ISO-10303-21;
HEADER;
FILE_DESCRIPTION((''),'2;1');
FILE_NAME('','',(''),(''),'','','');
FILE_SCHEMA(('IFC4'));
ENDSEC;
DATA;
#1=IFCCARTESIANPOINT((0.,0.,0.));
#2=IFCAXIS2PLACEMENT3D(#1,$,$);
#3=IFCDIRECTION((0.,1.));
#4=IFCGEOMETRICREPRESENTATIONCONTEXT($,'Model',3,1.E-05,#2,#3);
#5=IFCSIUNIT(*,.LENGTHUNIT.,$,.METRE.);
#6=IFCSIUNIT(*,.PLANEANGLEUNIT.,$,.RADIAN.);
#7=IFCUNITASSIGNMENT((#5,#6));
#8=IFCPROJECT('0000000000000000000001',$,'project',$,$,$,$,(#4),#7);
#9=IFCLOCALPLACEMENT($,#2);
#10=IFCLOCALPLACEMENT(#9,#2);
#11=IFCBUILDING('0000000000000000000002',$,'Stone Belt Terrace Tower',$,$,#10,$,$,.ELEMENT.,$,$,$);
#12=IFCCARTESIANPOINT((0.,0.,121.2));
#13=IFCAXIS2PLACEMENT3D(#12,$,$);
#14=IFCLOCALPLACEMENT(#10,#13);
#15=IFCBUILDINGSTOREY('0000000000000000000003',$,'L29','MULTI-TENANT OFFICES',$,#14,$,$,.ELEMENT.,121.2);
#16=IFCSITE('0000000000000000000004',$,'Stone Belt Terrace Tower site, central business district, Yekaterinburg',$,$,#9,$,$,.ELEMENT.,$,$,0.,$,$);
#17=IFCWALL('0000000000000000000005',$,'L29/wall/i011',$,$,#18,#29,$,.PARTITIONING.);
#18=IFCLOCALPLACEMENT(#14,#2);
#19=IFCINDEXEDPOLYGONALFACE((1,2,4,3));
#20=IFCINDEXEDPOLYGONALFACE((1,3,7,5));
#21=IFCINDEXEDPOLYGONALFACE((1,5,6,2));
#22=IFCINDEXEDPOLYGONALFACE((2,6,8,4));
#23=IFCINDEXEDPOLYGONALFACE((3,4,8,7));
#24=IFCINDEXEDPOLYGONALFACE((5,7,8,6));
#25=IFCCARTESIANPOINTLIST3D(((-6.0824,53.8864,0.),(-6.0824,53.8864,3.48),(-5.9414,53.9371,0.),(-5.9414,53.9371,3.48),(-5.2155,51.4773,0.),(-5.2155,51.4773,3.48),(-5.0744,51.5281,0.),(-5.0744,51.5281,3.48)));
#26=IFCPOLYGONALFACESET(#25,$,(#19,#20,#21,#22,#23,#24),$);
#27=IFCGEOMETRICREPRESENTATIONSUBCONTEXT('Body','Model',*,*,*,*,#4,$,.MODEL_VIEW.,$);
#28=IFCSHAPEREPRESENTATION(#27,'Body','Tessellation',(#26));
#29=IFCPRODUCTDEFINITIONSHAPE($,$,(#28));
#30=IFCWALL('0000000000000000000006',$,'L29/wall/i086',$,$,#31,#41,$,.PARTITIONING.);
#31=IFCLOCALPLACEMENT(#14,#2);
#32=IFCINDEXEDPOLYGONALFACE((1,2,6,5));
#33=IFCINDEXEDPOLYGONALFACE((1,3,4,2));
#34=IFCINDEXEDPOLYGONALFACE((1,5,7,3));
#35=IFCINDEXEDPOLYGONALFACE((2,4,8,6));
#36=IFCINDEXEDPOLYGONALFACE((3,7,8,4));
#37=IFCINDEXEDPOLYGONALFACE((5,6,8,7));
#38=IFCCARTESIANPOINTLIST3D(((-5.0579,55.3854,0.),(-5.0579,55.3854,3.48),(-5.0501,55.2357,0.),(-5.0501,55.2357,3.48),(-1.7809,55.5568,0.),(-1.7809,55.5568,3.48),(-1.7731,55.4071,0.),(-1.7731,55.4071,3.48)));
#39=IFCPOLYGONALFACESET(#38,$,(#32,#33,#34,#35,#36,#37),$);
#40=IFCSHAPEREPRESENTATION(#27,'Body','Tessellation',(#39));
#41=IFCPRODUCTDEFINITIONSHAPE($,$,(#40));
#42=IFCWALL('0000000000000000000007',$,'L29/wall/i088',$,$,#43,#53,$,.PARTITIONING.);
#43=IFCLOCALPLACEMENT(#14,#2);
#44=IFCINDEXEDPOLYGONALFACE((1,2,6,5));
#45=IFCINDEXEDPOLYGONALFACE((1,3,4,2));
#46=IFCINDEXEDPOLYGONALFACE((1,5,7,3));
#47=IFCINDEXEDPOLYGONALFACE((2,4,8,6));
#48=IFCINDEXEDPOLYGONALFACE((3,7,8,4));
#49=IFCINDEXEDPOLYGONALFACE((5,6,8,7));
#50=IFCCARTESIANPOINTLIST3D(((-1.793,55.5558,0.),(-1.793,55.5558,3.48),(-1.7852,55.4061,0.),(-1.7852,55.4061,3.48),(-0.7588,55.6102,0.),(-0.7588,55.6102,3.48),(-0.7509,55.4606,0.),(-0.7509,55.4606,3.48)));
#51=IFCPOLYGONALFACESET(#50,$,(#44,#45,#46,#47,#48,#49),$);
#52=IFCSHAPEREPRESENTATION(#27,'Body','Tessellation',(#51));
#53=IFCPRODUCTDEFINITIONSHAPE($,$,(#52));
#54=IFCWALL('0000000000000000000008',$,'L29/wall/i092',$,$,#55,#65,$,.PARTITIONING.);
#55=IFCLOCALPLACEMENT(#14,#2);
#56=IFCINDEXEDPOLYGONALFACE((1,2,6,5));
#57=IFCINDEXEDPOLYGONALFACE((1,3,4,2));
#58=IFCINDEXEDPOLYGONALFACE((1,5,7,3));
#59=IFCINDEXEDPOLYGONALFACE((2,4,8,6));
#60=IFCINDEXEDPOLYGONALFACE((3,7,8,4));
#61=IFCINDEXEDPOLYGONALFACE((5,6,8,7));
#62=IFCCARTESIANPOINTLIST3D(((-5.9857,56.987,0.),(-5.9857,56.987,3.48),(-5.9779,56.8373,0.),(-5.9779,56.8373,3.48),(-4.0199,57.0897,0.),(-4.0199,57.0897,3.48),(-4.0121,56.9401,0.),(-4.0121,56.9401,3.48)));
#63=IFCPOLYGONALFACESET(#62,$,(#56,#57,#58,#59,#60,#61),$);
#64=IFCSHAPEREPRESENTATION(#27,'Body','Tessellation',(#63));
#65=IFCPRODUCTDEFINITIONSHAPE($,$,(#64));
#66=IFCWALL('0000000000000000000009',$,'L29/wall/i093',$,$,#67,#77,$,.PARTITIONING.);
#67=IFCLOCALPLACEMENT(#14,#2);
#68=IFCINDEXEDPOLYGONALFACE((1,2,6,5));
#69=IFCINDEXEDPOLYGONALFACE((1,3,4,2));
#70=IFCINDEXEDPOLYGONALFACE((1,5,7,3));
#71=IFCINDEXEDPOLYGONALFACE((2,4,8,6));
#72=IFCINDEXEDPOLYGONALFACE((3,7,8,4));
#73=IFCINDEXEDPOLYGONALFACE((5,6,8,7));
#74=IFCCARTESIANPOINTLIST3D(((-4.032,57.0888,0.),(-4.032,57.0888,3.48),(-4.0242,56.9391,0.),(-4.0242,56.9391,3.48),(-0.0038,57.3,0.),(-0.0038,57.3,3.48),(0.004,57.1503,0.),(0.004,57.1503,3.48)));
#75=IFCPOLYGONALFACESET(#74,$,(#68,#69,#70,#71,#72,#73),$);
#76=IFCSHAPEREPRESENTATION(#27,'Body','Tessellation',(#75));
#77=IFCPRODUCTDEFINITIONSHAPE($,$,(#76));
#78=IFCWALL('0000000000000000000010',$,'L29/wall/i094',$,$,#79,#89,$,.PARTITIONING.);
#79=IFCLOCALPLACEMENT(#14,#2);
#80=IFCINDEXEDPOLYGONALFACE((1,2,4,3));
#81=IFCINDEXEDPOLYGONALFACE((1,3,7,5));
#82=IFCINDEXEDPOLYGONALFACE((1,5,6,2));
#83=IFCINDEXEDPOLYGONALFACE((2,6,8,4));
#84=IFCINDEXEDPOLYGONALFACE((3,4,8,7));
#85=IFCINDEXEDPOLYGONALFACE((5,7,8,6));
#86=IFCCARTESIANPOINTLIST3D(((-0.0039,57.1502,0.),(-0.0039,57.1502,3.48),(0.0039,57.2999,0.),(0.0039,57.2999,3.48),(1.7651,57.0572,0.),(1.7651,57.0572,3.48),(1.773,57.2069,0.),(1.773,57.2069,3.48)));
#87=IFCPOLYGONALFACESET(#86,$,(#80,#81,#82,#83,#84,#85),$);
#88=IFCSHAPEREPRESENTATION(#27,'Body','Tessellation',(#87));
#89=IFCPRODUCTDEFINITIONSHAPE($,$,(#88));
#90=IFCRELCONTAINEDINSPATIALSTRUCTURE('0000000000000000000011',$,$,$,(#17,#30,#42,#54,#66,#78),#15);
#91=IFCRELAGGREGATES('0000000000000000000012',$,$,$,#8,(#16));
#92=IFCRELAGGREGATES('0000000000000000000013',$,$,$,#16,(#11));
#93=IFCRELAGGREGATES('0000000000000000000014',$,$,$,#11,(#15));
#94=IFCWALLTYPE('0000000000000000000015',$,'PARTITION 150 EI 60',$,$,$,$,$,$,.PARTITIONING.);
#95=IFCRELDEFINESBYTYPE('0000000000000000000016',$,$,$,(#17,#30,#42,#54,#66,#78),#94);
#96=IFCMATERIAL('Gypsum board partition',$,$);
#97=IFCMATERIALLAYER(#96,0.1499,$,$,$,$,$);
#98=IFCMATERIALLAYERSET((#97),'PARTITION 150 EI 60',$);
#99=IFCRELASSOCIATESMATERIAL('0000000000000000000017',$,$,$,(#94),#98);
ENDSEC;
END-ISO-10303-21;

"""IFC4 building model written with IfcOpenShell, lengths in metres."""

from ifc_helpers import new_model, si_unit, direction, frame, frame_2d, origin, place, context, subcontext, project, spatial, rectangle, extrude, material, layer, layer_set, type_object, element, save


model = new_model("IFC4")

# Units and contexts
model_context = context("Model", 3, precision=1e-05, world=origin(), true_north=direction((0.0, 1.0)))
body_context = subcontext(model_context, "Body", "Model", "MODEL_VIEW")
ifc_project = project(units=[si_unit("LENGTHUNIT", "METRE"), si_unit("PLANEANGLEUNIT", "RADIAN")], contexts=[model_context])

# Site, building, storey
site_placement = place(None, origin())
site = spatial("IfcSite", under=ifc_project, at=site_placement, Name="Stone Belt Terrace Tower site, central business district, Yekaterinburg", CompositionType="ELEMENT", RefElevation=0.0)
building_placement = place(site_placement, origin())
building = spatial("IfcBuilding", under=site, at=building_placement, Name="Stone Belt Terrace Tower", CompositionType="ELEMENT")
storey_placement = place(building_placement, frame((0.0, 0.0, 121.2)))
storey = spatial("IfcBuildingStorey", under=building, at=storey_placement, Name="L29", Description="MULTI-TENANT OFFICES", CompositionType="ELEMENT", Elevation=121.2)

# Shared definitions
ifc_material_1 = material(Name="Gypsum board partition")

# Walls
ifc_layer_1 = layer(ifc_material_1, 0.1499)
ifc_layer_set_1 = layer_set([ifc_layer_1], Name="PARTITION 150 EI 60")
wall_type_1 = type_object("IfcWallType", Name="PARTITION 150 EI 60", PredefinedType="PARTITIONING", material=ifc_layer_set_1)
wall_1_placement = place(storey_placement, frame((-6.012, 53.9119, 0.0), z_axis=(0.0, 0.0, 1.0), x_axis=(0.338625, -0.940921, 0.0)))
element("IfcWall", 1, at=wall_1_placement, inside=storey, type_object=wall_type_1, Name="L29/wall/i011", PredefinedType="PARTITIONING", context=body_context, shape_type="SweptSolid", body=[
    extrude(rectangle(XDim=2.5603, YDim=0.1499, at=frame_2d((1.2803, 0.0))), origin(), (0.0, 0.0, 1.0), 3.48),
])
wall_2_placement = place(storey_placement, frame((-1.7771, 55.4819, 0.0), z_axis=(0.0, 0.0, 1.0), x_axis=(-0.998635, -0.052227, 0.0)))
element("IfcWall", 2, at=wall_2_placement, inside=storey, type_object=wall_type_1, Name="L29/wall/i086", PredefinedType="PARTITIONING", context=body_context, shape_type="SweptSolid", body=[
    extrude(rectangle(XDim=3.2815, YDim=0.1499, at=frame_2d((1.6406, 0.0))), origin(), (0.0, 0.0, 1.0), 3.48),
])
wall_3_placement = place(storey_placement, frame((-0.7549, 55.5354, 0.0), z_axis=(0.0, 0.0, 1.0), x_axis=(-0.998617, -0.052571, 0.0)))
element("IfcWall", 3, at=wall_3_placement, inside=storey, type_object=wall_type_1, Name="L29/wall/i088", PredefinedType="PARTITIONING", context=body_context, shape_type="SweptSolid", body=[
    extrude(rectangle(XDim=1.0356, YDim=0.1499, at=frame_2d((0.5178, 0.0))), origin(), (0.0, 0.0, 1.0), 3.48),
])
wall_4_placement = place(storey_placement, frame((-5.9819, 56.9121, 0.0), z_axis=(0.0, 0.0, 1.0), x_axis=(0.998636, 0.052214, 0.0)))
element("IfcWall", 4, at=wall_4_placement, inside=storey, type_object=wall_type_1, Name="L29/wall/i092", PredefinedType="PARTITIONING", context=body_context, shape_type="SweptSolid", body=[
    extrude(rectangle(XDim=1.9685, YDim=0.1499, at=frame_2d((0.9844, 0.0))), origin(), (0.0, 0.0, 1.0), 3.48),
])
wall_5_placement = place(storey_placement, frame((-4.0281, 57.0139, 0.0), z_axis=(0.0, 0.0, 1.0), x_axis=(0.998629, 0.052356, 0.0)))
element("IfcWall", 5, at=wall_5_placement, inside=storey, type_object=wall_type_1, Name="L29/wall/i093", PredefinedType="PARTITIONING", context=body_context, shape_type="SweptSolid", body=[
    extrude(rectangle(XDim=4.0337, YDim=0.1499, at=frame_2d((2.0168, 0.0))), origin(), (0.0, 0.0, 1.0), 3.48),
])
wall_6_placement = place(storey_placement, frame((0.0, 57.2251, 0.0), z_axis=(0.0, 0.0, 1.0), x_axis=(0.99862, -0.052508, 0.0)))
element("IfcWall", 6, at=wall_6_placement, inside=storey, type_object=wall_type_1, Name="L29/wall/i094", PredefinedType="PARTITIONING", context=body_context, shape_type="SweptSolid", body=[
    extrude(rectangle(XDim=1.7715, YDim=0.1499, at=frame_2d((0.8857, 0.0))), origin(), (0.0, 0.0, 1.0), 3.48),
])

save(model, "model.ifc")
